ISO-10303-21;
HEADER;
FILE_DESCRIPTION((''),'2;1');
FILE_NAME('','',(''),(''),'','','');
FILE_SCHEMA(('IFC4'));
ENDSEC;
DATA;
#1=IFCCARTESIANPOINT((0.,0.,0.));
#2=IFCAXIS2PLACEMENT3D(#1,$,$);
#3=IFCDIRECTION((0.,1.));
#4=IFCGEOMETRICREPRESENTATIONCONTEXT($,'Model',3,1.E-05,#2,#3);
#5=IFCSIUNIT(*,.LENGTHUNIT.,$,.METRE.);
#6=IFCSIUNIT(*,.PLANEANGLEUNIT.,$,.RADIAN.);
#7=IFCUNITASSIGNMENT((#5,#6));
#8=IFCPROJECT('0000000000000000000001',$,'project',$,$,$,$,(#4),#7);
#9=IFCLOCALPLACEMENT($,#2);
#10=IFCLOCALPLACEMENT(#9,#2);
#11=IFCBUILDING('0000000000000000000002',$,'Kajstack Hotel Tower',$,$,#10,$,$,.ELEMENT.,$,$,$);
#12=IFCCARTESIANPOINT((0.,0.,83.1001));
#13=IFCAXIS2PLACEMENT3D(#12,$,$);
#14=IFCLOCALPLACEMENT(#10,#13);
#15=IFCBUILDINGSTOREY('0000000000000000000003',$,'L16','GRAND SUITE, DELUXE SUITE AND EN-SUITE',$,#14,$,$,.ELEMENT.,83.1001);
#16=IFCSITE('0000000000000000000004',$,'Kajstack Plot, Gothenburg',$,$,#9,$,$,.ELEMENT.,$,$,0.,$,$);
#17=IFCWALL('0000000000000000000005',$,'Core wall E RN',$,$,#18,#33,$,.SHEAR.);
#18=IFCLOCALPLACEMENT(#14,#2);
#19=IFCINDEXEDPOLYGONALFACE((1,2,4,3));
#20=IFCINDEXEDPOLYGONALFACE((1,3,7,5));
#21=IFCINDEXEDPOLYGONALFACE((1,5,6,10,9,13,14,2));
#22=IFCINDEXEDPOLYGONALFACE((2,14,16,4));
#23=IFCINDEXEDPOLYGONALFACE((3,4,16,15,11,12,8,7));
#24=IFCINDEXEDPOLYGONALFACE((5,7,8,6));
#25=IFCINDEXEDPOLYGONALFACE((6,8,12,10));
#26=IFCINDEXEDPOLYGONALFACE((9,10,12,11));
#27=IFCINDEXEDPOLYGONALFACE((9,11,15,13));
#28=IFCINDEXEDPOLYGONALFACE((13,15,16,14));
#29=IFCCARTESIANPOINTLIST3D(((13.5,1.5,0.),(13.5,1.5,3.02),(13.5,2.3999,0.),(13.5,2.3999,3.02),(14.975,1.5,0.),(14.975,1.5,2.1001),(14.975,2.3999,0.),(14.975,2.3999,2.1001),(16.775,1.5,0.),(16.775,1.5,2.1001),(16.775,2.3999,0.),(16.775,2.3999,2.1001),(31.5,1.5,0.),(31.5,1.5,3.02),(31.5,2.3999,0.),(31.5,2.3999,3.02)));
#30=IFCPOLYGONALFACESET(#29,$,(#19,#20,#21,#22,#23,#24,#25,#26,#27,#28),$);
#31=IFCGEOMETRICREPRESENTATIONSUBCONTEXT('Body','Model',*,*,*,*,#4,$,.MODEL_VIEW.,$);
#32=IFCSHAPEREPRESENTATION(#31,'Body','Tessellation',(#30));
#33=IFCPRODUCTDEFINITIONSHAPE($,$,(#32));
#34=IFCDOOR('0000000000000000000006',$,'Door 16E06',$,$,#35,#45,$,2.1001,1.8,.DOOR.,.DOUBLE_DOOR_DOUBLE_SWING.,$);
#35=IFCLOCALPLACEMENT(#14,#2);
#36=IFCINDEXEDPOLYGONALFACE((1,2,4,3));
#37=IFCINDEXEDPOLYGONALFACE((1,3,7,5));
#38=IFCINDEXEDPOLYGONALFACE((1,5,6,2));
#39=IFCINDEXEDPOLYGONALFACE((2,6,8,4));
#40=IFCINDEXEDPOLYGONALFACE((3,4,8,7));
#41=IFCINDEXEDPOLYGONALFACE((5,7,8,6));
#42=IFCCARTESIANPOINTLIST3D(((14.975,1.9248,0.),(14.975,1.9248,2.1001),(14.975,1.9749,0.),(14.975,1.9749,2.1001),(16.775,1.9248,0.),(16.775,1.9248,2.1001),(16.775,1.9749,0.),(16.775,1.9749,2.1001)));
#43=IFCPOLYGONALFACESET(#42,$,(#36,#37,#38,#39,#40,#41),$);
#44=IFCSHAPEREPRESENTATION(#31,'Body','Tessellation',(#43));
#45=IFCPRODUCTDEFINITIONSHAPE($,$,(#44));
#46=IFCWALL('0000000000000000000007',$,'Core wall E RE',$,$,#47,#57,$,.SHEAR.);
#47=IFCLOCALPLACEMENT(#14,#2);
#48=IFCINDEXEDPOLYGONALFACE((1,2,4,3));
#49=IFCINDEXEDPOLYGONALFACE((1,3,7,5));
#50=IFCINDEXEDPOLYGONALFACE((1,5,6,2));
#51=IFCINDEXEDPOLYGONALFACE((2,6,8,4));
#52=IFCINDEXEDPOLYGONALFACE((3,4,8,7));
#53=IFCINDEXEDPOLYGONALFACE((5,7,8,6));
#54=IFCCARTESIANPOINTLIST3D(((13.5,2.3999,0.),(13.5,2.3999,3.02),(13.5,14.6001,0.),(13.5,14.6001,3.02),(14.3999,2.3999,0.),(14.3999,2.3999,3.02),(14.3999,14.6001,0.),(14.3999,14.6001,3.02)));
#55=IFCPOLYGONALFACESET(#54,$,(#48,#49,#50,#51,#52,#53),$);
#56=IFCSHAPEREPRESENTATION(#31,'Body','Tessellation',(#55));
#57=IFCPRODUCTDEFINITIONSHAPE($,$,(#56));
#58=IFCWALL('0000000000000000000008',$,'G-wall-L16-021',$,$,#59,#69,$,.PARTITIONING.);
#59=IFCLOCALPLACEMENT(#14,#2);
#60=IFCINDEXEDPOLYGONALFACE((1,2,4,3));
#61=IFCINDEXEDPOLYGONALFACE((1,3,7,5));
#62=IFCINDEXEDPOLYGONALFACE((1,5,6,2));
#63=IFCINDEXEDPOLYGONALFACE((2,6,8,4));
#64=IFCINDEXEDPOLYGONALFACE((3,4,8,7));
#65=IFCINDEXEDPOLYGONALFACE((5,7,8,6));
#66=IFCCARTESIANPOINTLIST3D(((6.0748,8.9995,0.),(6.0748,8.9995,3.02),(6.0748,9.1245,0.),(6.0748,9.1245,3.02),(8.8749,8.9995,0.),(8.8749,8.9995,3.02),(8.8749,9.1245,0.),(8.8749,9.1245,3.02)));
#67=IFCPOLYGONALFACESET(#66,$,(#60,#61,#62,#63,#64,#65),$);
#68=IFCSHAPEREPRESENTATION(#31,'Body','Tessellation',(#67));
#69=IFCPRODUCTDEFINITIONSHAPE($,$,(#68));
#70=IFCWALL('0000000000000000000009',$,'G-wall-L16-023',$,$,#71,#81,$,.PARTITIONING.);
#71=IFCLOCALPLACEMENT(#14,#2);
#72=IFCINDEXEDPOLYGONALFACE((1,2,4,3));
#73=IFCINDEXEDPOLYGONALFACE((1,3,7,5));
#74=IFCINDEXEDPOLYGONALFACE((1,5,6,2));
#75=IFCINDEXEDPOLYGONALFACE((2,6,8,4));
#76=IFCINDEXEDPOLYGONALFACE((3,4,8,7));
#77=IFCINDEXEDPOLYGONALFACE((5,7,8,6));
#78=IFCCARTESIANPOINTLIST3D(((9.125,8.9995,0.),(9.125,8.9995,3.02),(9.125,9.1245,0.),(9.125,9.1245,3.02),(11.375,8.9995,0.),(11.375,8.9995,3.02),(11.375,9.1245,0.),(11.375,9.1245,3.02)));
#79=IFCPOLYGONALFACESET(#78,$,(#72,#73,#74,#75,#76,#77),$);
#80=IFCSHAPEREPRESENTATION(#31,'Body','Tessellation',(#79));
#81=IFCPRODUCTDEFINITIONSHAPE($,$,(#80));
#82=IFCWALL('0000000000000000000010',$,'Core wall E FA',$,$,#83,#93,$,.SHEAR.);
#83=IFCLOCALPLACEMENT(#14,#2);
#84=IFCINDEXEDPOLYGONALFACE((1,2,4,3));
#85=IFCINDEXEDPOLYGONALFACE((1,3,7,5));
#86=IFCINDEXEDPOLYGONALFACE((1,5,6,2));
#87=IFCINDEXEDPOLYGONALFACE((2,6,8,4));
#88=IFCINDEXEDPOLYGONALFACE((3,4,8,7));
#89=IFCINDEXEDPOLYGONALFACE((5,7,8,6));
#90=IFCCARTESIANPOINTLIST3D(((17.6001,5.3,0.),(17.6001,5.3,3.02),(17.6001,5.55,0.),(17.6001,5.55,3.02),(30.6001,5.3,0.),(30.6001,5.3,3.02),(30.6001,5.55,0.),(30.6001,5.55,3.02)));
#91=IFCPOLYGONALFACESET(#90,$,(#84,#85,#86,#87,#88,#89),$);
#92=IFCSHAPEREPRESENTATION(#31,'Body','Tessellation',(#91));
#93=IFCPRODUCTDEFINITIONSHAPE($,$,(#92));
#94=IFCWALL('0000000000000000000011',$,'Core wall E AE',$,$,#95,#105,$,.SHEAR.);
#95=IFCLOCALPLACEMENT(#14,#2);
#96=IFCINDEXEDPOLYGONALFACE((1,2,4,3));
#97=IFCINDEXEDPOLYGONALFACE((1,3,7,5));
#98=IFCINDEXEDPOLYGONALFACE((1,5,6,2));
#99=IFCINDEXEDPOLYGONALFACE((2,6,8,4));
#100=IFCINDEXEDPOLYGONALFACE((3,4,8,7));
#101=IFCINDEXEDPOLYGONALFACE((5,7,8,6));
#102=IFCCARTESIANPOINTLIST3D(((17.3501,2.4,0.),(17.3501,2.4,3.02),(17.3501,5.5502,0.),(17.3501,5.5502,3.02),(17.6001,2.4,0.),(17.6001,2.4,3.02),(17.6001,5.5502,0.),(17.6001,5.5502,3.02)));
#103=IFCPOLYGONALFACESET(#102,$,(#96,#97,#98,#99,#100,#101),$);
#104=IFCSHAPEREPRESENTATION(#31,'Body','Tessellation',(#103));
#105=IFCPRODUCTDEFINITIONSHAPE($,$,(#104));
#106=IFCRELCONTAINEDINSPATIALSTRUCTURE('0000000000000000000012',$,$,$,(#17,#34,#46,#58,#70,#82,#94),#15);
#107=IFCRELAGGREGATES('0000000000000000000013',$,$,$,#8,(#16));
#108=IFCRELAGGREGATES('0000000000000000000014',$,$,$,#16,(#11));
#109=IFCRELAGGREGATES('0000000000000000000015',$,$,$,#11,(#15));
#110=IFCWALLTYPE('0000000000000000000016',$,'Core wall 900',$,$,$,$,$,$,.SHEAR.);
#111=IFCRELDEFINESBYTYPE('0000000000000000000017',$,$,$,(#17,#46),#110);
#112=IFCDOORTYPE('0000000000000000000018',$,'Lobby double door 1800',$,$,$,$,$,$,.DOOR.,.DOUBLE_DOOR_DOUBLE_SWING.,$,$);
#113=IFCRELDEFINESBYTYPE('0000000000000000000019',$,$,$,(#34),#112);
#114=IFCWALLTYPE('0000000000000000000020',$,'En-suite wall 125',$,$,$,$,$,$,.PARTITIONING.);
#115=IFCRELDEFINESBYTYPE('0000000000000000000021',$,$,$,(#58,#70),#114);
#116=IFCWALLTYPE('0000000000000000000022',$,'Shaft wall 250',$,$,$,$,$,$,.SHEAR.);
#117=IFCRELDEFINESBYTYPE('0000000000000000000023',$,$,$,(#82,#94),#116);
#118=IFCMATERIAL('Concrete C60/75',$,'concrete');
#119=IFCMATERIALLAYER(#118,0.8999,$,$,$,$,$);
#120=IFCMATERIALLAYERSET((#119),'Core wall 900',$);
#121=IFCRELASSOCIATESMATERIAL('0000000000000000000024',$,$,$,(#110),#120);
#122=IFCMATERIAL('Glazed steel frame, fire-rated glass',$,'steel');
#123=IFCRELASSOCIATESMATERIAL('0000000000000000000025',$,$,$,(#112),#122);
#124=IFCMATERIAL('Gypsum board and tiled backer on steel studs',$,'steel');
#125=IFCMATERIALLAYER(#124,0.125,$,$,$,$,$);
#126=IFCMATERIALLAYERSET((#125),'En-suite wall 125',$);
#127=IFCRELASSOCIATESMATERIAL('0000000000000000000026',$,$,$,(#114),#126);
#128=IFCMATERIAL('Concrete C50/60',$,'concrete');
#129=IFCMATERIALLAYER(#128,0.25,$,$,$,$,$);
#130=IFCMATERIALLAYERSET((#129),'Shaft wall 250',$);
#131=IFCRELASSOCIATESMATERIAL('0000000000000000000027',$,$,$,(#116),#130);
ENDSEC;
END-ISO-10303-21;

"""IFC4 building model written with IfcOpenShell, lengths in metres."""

from ifc_helpers import new_model, si_unit, direction, frame, frame_2d, origin, place, context, subcontext, project, spatial, rectangle, extrude, material, layer, layer_set, type_object, element, fill, save


model = new_model("IFC4")

# Units and contexts
model_context = context("Model", 3, precision=1e-05, world=origin(), true_north=direction((0.0, 1.0)))
body_context = subcontext(model_context, "Body", "Model", "MODEL_VIEW")
ifc_project = project(units=[si_unit("LENGTHUNIT", "METRE"), si_unit("PLANEANGLEUNIT", "RADIAN")], contexts=[model_context])

# Site, building, storey
site_placement = place(None, origin())
site = spatial("IfcSite", under=ifc_project, at=site_placement, Name="Kajstack Plot, Gothenburg", CompositionType="ELEMENT", RefElevation=0.0)
building_placement = place(site_placement, origin())
building = spatial("IfcBuilding", under=site, at=building_placement, Name="Kajstack Hotel Tower", CompositionType="ELEMENT")
storey_placement = place(building_placement, frame((0.0, 0.0, 83.1001)))
storey = spatial("IfcBuildingStorey", under=building, at=storey_placement, Name="L16", Description="GRAND SUITE, DELUXE SUITE AND EN-SUITE", CompositionType="ELEMENT", Elevation=83.1001)

# Wall, opening, door
ifc_material_1 = material(Name="Concrete C60/75", Category="concrete")
ifc_layer_1 = layer(ifc_material_1, 0.8999)
ifc_layer_set_1 = layer_set([ifc_layer_1], Name="Core wall 900")
wall_type_1 = type_object("IfcWallType", Name="Core wall 900", PredefinedType="SHEAR", material=ifc_layer_set_1)
wall_1_placement = place(storey_placement, frame((13.5, 1.95, 0.0), z_axis=(0.0, 0.0, 1.0), x_axis=(1.0, 0.0, 0.0)))
wall_1 = element("IfcWall", 1, at=wall_1_placement, inside=storey, type_object=wall_type_1, Name="Core wall E RN", PredefinedType="SHEAR", context=body_context, shape_type="SweptSolid", body=[
    extrude(rectangle(XDim=18.0, YDim=0.8999, at=frame_2d((9.0, 0.0))), origin(), (0.0, 0.0, 1.0), 3.02),
])
opening_1_placement = place(wall_1_placement, frame((1.4751, 0.0, 0.0)))
opening_1 = element("IfcOpeningElement", 2, at=opening_1_placement, cuts=wall_1, PredefinedType="OPENING", context=body_context, shape_type="SweptSolid", body=[
    extrude(rectangle(XDim=1.8, YDim=2.1001, at=frame_2d((0.8999, 1.05))), frame((0.0, 0.46, 0.0), z_axis=(0.0, -1.0, 0.0), x_axis=(1.0, 0.0, 0.0)), (0.0, 0.0, 1.0), 0.9199),
])
ifc_material_2 = material(Name="Glazed steel frame, fire-rated glass", Category="steel")
door_type_1 = type_object("IfcDoorType", Name="Lobby double door 1800", OperationType="DOUBLE_DOOR_DOUBLE_SWING", PredefinedType="DOOR", material=ifc_material_2)
door_1_placement = place(opening_1_placement, origin())
door_1 = element("IfcDoor", 3, at=door_1_placement, inside=storey, type_object=door_type_1, Name="Door 16E06", OperationType="DOUBLE_DOOR_DOUBLE_SWING", OverallHeight=2.1001, OverallWidth=1.8, PredefinedType="DOOR", context=body_context, shape_type="SweptSolid", body=[
    extrude(rectangle(XDim=1.8, YDim=2.1001, at=frame_2d((0.8999, 1.05))), frame((0.0, 0.0249, 0.0), z_axis=(0.0, -1.0, 0.0), x_axis=(1.0, 0.0, 0.0)), (0.0, 0.0, 1.0), 0.05),
])
fill(opening_1, door_1)

# Walls
wall_2_placement = place(storey_placement, frame((13.95, 2.3999, 0.0), z_axis=(0.0, 0.0, 1.0), x_axis=(0.0, 1.0, 0.0)))
element("IfcWall", 4, at=wall_2_placement, inside=storey, type_object=wall_type_1, Name="Core wall E RE", PredefinedType="SHEAR", context=body_context, shape_type="SweptSolid", body=[
    extrude(rectangle(XDim=12.2002, YDim=0.8999, at=frame_2d((6.1001, 0.0))), origin(), (0.0, 0.0, 1.0), 3.02),
])
ifc_material_3 = material(Name="Gypsum board and tiled backer on steel studs", Category="steel")
ifc_layer_2 = layer(ifc_material_3, 0.125)
ifc_layer_set_2 = layer_set([ifc_layer_2], Name="En-suite wall 125")
wall_type_2 = type_object("IfcWallType", Name="En-suite wall 125", PredefinedType="PARTITIONING", material=ifc_layer_set_2)
wall_3_placement = place(storey_placement, frame((6.075, 9.062, 0.0), z_axis=(0.0, 0.0, 1.0), x_axis=(1.0, 0.0, 0.0)))
element("IfcWall", 5, at=wall_3_placement, inside=storey, type_object=wall_type_2, Name="G-wall-L16-021", PredefinedType="PARTITIONING", context=body_context, shape_type="SweptSolid", body=[
    extrude(rectangle(XDim=2.8, YDim=0.125, at=frame_2d((1.3999, 0.0))), origin(), (0.0, 0.0, 1.0), 3.02),
])
wall_4_placement = place(storey_placement, frame((9.125, 9.062, 0.0), z_axis=(0.0, 0.0, 1.0), x_axis=(1.0, 0.0, 0.0)))
element("IfcWall", 6, at=wall_4_placement, inside=storey, type_object=wall_type_2, Name="G-wall-L16-023", PredefinedType="PARTITIONING", context=body_context, shape_type="SweptSolid", body=[
    extrude(rectangle(XDim=2.25, YDim=0.125, at=frame_2d((1.125, 0.0))), origin(), (0.0, 0.0, 1.0), 3.02),
])
ifc_material_4 = material(Name="Concrete C50/60", Category="concrete")
ifc_layer_3 = layer(ifc_material_4, 0.25)
ifc_layer_set_3 = layer_set([ifc_layer_3], Name="Shaft wall 250")
wall_type_3 = type_object("IfcWallType", Name="Shaft wall 250", PredefinedType="SHEAR", material=ifc_layer_set_3)
wall_5_placement = place(storey_placement, frame((17.6001, 5.425, 0.0), z_axis=(0.0, 0.0, 1.0), x_axis=(1.0, 0.0, 0.0)))
element("IfcWall", 7, at=wall_5_placement, inside=storey, type_object=wall_type_3, Name="Core wall E FA", PredefinedType="SHEAR", context=body_context, shape_type="SweptSolid", body=[
    extrude(rectangle(XDim=13.0, YDim=0.25, at=frame_2d((6.5, 0.0))), origin(), (0.0, 0.0, 1.0), 3.02),
])
wall_6_placement = place(storey_placement, frame((17.4751, 2.3999, 0.0), z_axis=(0.0, 0.0, 1.0), x_axis=(0.0, 1.0, 0.0)))
element("IfcWall", 8, at=wall_6_placement, inside=storey, type_object=wall_type_3, Name="Core wall E AE", PredefinedType="SHEAR", context=body_context, shape_type="SweptSolid", body=[
    extrude(rectangle(XDim=3.1501, YDim=0.25, at=frame_2d((1.5752, 0.0))), origin(), (0.0, 0.0, 1.0), 3.02),
])

save(model, "model.ifc")
